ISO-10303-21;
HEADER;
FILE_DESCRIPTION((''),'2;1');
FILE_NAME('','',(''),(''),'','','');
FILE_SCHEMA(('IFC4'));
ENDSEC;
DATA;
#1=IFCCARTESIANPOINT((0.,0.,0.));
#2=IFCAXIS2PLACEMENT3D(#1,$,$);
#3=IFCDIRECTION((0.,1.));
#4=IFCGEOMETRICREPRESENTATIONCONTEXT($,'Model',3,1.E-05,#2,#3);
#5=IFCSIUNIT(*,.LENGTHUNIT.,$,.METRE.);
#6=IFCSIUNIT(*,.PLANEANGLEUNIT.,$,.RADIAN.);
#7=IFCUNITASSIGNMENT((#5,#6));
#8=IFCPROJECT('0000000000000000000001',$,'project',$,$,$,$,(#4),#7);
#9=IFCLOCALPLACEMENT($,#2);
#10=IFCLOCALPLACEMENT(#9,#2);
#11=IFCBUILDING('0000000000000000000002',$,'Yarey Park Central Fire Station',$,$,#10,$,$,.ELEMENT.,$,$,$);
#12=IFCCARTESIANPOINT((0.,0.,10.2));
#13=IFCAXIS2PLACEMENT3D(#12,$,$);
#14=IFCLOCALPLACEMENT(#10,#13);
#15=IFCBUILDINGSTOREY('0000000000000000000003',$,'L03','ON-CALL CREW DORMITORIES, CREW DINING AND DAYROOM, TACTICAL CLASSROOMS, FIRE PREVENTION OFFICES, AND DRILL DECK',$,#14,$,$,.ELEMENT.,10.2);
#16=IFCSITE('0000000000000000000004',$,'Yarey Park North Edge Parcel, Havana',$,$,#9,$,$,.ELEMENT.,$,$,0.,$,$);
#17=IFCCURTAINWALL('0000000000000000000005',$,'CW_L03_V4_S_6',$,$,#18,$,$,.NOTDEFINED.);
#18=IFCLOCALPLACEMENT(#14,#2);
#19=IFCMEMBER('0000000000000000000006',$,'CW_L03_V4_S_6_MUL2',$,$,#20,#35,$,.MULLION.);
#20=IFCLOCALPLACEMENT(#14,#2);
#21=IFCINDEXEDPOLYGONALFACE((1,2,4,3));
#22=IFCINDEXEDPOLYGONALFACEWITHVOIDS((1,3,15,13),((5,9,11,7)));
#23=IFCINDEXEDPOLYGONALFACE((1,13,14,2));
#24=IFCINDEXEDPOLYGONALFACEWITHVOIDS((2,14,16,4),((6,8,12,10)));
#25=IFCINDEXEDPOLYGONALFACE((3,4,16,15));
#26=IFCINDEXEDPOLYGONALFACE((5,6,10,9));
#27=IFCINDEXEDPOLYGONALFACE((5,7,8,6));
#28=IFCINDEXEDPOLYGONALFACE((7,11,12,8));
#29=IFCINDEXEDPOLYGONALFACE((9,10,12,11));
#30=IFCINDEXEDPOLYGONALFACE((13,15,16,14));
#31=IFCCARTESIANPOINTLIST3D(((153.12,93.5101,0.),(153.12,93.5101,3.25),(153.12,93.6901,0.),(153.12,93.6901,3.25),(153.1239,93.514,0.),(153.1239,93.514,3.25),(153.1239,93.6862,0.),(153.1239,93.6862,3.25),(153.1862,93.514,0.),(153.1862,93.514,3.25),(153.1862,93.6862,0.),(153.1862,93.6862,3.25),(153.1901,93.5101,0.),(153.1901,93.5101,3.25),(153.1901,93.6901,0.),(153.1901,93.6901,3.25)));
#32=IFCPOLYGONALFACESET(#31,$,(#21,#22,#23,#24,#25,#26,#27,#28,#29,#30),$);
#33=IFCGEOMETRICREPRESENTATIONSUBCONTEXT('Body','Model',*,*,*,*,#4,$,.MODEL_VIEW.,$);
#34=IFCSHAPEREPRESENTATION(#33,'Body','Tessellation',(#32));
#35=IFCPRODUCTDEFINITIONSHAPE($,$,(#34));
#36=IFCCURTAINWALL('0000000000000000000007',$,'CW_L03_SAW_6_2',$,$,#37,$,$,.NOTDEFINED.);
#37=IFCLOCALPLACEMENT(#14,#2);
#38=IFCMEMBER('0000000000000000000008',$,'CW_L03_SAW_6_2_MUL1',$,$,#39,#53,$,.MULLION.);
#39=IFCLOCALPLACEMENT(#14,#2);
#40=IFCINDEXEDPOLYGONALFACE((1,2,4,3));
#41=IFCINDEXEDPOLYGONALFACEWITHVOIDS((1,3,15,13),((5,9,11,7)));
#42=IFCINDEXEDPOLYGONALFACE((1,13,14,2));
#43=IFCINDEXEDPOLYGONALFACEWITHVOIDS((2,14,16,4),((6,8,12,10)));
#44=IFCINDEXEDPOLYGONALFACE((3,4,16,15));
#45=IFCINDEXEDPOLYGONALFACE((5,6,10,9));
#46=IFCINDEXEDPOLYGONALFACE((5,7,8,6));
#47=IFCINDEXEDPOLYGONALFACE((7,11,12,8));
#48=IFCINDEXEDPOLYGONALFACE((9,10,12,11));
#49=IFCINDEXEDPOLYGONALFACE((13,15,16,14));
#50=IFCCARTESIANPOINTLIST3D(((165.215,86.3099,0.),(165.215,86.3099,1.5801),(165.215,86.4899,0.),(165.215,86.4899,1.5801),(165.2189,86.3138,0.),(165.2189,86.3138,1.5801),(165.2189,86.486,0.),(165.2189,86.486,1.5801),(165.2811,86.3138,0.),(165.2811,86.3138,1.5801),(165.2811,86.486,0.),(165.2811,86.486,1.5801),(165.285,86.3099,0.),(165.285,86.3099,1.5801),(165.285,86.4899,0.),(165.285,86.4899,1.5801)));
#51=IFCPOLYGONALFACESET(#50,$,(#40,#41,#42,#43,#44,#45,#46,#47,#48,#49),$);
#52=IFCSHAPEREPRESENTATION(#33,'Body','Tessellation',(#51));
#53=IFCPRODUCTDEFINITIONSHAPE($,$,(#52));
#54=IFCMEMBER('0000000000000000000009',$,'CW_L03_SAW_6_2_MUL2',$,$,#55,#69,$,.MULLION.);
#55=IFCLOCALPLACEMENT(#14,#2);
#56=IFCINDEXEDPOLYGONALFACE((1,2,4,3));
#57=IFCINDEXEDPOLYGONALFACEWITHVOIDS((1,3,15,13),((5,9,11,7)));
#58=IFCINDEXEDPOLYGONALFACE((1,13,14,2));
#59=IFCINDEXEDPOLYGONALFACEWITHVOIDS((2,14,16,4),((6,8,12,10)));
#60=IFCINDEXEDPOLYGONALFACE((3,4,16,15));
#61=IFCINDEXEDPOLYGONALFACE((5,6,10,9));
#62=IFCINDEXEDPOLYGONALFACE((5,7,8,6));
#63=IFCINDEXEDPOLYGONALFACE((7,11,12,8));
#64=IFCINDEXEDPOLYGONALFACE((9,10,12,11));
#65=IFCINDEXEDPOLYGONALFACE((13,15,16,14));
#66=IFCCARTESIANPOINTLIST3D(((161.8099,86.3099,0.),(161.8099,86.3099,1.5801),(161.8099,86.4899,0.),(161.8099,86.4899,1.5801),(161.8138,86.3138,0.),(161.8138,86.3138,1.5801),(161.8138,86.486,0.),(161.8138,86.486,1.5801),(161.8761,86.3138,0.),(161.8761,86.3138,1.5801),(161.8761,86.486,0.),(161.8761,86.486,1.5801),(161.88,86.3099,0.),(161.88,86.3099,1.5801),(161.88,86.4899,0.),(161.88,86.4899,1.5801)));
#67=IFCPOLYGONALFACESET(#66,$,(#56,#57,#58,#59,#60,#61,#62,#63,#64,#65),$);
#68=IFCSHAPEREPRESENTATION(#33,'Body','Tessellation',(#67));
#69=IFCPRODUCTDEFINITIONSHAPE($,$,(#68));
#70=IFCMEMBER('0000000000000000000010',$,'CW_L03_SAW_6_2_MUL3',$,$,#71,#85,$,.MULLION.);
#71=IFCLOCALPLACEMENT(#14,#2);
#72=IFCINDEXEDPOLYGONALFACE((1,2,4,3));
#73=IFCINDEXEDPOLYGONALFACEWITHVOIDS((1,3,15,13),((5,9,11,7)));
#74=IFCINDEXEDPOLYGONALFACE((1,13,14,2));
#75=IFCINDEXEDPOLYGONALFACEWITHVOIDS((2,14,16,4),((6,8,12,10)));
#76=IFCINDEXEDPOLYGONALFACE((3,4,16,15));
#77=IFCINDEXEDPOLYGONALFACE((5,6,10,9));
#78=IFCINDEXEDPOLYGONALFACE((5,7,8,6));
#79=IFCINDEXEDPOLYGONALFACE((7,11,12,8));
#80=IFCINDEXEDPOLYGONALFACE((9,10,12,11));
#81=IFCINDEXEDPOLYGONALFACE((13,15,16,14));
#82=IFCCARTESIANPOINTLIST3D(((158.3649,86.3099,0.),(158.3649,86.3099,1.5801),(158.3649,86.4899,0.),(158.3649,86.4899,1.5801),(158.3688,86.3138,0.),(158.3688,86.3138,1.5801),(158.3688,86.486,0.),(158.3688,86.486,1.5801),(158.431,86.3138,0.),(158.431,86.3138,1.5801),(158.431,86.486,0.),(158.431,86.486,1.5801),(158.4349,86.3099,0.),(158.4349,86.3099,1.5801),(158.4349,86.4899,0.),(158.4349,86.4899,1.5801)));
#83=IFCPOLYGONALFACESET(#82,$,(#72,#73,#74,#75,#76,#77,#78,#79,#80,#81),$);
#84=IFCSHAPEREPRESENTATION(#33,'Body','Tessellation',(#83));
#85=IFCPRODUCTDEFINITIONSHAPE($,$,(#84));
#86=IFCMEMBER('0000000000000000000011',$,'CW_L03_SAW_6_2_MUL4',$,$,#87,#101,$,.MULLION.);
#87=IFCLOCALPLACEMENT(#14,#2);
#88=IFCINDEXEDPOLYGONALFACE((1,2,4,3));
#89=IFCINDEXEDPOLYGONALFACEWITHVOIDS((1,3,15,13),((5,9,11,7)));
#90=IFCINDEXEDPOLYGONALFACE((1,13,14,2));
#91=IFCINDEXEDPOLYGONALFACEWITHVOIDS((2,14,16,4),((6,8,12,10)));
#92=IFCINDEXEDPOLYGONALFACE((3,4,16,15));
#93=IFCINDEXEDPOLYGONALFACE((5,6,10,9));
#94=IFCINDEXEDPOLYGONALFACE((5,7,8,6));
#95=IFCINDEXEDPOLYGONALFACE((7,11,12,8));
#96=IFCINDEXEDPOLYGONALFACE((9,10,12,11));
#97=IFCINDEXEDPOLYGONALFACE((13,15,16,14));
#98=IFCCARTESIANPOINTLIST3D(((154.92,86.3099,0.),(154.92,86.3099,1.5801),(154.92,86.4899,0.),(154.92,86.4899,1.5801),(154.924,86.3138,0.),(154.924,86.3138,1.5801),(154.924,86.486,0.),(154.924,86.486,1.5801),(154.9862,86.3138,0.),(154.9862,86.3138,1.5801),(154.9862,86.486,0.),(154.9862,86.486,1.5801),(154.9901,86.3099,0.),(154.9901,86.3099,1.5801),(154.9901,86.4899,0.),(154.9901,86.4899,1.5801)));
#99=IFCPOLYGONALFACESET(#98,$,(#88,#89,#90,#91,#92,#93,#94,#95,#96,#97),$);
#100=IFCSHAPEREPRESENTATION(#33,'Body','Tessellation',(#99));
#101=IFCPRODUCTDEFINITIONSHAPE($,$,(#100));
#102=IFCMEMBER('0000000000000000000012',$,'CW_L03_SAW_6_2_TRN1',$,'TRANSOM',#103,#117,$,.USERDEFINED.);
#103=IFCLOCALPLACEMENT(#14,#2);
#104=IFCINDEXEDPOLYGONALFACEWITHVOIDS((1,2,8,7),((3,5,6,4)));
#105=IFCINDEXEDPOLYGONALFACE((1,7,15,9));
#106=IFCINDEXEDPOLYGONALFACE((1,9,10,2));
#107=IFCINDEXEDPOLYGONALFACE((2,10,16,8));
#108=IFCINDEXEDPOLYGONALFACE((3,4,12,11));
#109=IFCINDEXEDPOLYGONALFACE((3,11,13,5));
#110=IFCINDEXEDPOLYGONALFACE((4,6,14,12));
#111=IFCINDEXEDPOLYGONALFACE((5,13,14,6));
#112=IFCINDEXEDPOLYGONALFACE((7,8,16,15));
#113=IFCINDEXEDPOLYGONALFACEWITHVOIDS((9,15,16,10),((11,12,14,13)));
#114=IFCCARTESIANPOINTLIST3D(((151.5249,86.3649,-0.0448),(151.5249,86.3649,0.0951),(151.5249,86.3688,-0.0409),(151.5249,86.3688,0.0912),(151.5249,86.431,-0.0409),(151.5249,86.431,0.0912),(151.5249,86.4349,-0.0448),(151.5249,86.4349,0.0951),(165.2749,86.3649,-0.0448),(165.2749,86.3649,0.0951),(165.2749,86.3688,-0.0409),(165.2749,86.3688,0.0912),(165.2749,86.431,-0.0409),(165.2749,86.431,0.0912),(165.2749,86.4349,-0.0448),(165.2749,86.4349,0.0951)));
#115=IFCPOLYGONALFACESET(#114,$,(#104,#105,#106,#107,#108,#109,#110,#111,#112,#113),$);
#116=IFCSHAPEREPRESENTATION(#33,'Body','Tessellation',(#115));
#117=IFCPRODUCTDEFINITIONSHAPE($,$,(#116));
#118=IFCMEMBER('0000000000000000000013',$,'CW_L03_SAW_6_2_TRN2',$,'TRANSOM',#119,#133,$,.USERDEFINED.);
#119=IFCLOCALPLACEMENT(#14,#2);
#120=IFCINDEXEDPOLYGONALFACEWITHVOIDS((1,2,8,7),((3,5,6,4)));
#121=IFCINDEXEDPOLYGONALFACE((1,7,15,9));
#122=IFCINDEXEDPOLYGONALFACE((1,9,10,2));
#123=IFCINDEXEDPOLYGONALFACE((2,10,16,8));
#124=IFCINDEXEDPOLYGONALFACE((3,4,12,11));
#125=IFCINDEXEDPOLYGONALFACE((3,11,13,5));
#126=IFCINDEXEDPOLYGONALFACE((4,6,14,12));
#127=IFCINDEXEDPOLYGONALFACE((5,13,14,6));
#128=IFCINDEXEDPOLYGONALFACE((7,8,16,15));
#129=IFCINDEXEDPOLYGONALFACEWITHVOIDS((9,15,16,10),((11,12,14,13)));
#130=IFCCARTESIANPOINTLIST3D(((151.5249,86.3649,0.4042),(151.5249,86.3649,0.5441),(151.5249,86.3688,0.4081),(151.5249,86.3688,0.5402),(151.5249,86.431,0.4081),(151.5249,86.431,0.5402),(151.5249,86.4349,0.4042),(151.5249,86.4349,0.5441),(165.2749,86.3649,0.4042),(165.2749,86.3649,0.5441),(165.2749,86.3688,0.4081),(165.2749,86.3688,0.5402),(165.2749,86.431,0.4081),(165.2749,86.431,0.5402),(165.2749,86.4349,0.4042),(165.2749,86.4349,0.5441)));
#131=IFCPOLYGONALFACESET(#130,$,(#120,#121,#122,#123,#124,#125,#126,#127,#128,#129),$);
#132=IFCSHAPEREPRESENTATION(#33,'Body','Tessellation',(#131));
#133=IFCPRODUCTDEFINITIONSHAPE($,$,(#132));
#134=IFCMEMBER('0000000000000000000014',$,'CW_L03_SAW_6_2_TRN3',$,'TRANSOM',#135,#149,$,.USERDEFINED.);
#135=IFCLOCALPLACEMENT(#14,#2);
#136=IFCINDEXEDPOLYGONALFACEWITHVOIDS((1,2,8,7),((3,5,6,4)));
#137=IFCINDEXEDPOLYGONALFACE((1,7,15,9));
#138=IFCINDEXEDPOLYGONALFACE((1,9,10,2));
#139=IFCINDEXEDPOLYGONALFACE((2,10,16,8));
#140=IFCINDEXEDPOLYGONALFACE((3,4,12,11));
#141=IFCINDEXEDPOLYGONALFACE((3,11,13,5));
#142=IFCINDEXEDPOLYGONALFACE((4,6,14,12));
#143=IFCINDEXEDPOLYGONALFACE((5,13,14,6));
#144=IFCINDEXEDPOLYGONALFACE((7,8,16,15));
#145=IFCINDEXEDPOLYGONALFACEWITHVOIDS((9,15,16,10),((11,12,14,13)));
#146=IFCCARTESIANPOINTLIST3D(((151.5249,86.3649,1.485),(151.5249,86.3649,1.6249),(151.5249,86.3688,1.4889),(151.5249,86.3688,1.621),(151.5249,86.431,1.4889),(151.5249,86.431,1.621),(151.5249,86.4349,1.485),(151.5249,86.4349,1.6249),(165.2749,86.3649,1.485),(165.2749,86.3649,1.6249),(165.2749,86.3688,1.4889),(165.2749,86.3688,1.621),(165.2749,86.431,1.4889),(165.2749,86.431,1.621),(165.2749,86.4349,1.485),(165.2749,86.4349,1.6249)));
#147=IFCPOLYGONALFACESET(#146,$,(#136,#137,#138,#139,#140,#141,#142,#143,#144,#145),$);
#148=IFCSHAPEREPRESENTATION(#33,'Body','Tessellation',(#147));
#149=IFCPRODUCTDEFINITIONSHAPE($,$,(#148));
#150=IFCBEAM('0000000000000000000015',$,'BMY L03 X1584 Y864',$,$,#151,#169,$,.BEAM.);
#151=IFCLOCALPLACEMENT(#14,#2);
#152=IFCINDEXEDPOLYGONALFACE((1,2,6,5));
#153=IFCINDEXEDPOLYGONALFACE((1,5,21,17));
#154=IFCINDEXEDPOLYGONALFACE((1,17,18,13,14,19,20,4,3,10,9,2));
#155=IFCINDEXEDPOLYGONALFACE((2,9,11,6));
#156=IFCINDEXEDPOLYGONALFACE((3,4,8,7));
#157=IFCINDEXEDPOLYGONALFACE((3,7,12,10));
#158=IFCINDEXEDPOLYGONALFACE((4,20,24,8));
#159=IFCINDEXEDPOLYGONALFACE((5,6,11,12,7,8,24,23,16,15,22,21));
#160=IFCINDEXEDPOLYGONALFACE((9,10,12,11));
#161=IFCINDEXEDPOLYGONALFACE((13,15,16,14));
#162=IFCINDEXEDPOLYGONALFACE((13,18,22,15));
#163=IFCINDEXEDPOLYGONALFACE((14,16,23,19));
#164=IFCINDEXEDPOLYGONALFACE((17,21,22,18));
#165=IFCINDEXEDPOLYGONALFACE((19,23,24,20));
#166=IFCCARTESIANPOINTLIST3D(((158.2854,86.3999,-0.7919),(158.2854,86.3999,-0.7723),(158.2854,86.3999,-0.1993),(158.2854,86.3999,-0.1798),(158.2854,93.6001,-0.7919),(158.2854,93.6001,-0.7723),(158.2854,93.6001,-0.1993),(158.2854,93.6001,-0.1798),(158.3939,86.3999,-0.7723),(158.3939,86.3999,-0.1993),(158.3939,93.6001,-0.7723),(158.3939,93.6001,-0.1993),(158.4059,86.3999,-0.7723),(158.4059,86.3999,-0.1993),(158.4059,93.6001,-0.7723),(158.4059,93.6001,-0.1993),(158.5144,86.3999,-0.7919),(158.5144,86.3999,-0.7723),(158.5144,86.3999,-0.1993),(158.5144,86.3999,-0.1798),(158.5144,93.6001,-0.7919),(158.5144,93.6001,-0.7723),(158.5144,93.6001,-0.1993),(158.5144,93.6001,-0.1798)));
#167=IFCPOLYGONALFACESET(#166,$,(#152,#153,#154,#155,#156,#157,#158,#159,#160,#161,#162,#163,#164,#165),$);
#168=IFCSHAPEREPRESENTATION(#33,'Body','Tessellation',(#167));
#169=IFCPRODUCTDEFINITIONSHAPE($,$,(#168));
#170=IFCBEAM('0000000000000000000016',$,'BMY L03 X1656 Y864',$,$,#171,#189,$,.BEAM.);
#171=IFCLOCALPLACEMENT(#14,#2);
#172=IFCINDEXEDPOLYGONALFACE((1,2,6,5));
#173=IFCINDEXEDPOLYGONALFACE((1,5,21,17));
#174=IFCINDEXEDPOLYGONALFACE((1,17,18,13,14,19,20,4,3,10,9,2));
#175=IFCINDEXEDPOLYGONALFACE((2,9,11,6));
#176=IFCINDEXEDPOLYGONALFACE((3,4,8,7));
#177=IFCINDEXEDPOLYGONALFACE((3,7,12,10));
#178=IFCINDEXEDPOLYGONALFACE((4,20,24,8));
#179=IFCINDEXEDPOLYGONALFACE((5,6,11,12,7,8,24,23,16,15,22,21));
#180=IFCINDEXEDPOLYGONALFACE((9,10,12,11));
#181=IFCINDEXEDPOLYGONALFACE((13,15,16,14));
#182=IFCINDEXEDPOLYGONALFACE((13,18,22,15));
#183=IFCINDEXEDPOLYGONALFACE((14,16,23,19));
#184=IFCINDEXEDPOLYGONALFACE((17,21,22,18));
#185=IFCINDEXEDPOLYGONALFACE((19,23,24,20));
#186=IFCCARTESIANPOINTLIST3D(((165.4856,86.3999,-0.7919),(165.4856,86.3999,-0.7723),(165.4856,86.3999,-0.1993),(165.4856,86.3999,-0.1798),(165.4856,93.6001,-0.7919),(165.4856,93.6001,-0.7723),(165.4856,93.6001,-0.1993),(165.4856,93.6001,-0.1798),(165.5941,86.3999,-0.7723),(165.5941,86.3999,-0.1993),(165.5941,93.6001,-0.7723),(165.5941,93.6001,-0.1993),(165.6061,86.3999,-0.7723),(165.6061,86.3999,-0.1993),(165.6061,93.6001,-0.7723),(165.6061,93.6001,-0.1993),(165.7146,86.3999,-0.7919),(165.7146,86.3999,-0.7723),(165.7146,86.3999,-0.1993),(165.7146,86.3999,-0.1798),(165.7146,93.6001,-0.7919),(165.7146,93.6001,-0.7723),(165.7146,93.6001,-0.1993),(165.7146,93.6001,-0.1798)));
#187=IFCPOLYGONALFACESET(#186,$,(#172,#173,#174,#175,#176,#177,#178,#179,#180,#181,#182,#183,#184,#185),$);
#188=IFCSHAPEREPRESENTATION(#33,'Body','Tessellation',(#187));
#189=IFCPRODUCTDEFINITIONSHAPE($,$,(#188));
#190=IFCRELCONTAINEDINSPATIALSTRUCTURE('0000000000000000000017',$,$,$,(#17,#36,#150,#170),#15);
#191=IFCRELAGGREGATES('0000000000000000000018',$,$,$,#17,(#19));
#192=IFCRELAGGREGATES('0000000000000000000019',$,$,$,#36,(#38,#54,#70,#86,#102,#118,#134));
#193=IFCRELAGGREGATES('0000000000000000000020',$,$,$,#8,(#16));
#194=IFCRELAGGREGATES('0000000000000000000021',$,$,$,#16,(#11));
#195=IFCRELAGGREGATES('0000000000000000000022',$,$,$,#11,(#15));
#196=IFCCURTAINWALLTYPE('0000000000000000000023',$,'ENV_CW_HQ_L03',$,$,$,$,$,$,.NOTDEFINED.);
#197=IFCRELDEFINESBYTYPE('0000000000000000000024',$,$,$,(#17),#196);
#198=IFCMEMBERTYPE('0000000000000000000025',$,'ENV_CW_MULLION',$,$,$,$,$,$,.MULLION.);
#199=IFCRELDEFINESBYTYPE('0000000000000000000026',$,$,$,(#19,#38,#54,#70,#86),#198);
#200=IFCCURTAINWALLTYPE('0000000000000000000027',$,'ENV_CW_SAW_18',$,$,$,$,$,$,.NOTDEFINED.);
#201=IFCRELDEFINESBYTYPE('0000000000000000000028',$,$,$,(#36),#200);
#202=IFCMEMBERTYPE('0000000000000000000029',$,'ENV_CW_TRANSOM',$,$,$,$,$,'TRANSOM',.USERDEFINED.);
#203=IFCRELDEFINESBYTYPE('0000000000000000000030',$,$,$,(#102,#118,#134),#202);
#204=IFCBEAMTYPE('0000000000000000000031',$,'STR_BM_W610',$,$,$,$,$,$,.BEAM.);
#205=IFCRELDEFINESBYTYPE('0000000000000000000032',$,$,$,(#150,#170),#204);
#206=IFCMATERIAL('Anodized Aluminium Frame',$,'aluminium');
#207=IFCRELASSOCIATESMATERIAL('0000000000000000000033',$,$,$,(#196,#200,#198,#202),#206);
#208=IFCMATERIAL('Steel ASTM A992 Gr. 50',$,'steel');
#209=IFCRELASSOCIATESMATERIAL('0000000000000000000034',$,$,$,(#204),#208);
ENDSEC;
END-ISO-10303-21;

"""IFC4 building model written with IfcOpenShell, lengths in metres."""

from ifc_helpers import new_model, si_unit, direction, frame, origin, origin_2d, place, context, subcontext, project, spatial, hollow_rectangle, i_section, extrude, material, material_profile, profile_set, type_object, element, aggregate, save


model = new_model("IFC4")

# Units and contexts
model_context = context("Model", 3, precision=1e-05, world=origin(), true_north=direction((0.0, 1.0)))
body_context = subcontext(model_context, "Body", "Model", "MODEL_VIEW")
ifc_project = project(units=[si_unit("LENGTHUNIT", "METRE"), si_unit("PLANEANGLEUNIT", "RADIAN")], contexts=[model_context])

# Site, building, storey
site_placement = place(None, origin())
site = spatial("IfcSite", under=ifc_project, at=site_placement, Name="Yarey Park North Edge Parcel, Havana", CompositionType="ELEMENT", RefElevation=0.0)
building_placement = place(site_placement, origin())
building = spatial("IfcBuilding", under=site, at=building_placement, Name="Yarey Park Central Fire Station", CompositionType="ELEMENT")
storey_placement = place(building_placement, frame((0.0, 0.0, 10.2)))
storey = spatial("IfcBuildingStorey", under=building, at=storey_placement, Name="L03", Description="ON-CALL CREW DORMITORIES, CREW DINING AND DAYROOM, TACTICAL CLASSROOMS, FIRE PREVENTION OFFICES, AND DRILL DECK", CompositionType="ELEMENT", Elevation=10.2)

# Curtain wall, member
ifc_material_1 = material(Name="Anodized Aluminium Frame", Category="aluminium")
curtain_wall_type_1 = type_object("IfcCurtainWallType", Name="ENV_CW_HQ_L03", PredefinedType="NOTDEFINED", material=ifc_material_1)
curtain_wall_1_placement = place(storey_placement, origin())
curtain_wall_1 = element("IfcCurtainWall", 1, at=curtain_wall_1_placement, inside=storey, type_object=curtain_wall_type_1, Name="CW_L03_V4_S_6", PredefinedType="NOTDEFINED")
ifc_material_profile_1 = material_profile(ifc_material_1, hollow_rectangle(XDim=0.0701, YDim=0.1799, WallThickness=0.0039, at=origin_2d()), Name="ALU 180x70x4")
ifc_profile_set_1 = profile_set([ifc_material_profile_1], Name="Anodized Aluminium Frame")
member_type_1 = type_object("IfcMemberType", Name="ENV_CW_MULLION", PredefinedType="MULLION", material=ifc_profile_set_1)
member_1_placement = place(storey_placement, frame((153.155, 93.6001, 0.0), z_axis=(0.0, 0.0, 1.0), x_axis=(1.0, 0.0, 0.0)))
member_1 = element("IfcMember", 2, at=member_1_placement, type_object=member_type_1, Name="CW_L03_V4_S_6_MUL2", PredefinedType="MULLION", context=body_context, shape_type="SweptSolid", body=[
    extrude(hollow_rectangle(XDim=0.0701, YDim=0.1799, WallThickness=0.0039, at=origin_2d()), origin(), (0.0, 0.0, 1.0), 3.25),
])

# Curtain wall, members
curtain_wall_type_2 = type_object("IfcCurtainWallType", Name="ENV_CW_SAW_18", PredefinedType="NOTDEFINED", material=ifc_material_1)
curtain_wall_2_placement = place(storey_placement, origin())
curtain_wall_2 = element("IfcCurtainWall", 3, at=curtain_wall_2_placement, inside=storey, type_object=curtain_wall_type_2, Name="CW_L03_SAW_6_2", PredefinedType="NOTDEFINED")
member_2_placement = place(storey_placement, frame((165.25, 86.3999, 0.0), z_axis=(0.0, 0.0, 1.0), x_axis=(1.0, 0.0, 0.0)))
member_2 = element("IfcMember", 4, at=member_2_placement, type_object=member_type_1, Name="CW_L03_SAW_6_2_MUL1", PredefinedType="MULLION", context=body_context, shape_type="SweptSolid", body=[
    extrude(hollow_rectangle(XDim=0.0701, YDim=0.1799, WallThickness=0.0039, at=origin_2d()), origin(), (0.0, 0.0, 1.0), 1.5801),
])
member_3_placement = place(storey_placement, frame((161.845, 86.3999, 0.0), z_axis=(0.0, 0.0, 1.0), x_axis=(1.0, 0.0, 0.0)))
member_3 = element("IfcMember", 5, at=member_3_placement, type_object=member_type_1, Name="CW_L03_SAW_6_2_MUL2", PredefinedType="MULLION", context=body_context, shape_type="SweptSolid", body=[
    extrude(hollow_rectangle(XDim=0.0701, YDim=0.1799, WallThickness=0.0039, at=origin_2d()), origin(), (0.0, 0.0, 1.0), 1.5801),
])
member_4_placement = place(storey_placement, frame((158.3999, 86.3999, 0.0), z_axis=(0.0, 0.0, 1.0), x_axis=(1.0, 0.0, 0.0)))
member_4 = element("IfcMember", 6, at=member_4_placement, type_object=member_type_1, Name="CW_L03_SAW_6_2_MUL3", PredefinedType="MULLION", context=body_context, shape_type="SweptSolid", body=[
    extrude(hollow_rectangle(XDim=0.0701, YDim=0.1799, WallThickness=0.0039, at=origin_2d()), origin(), (0.0, 0.0, 1.0), 1.5801),
])
member_5_placement = place(storey_placement, frame((154.9551, 86.3999, 0.0), z_axis=(0.0, 0.0, 1.0), x_axis=(1.0, 0.0, 0.0)))
member_5 = element("IfcMember", 7, at=member_5_placement, type_object=member_type_1, Name="CW_L03_SAW_6_2_MUL4", PredefinedType="MULLION", context=body_context, shape_type="SweptSolid", body=[
    extrude(hollow_rectangle(XDim=0.0701, YDim=0.1799, WallThickness=0.0039, at=origin_2d()), origin(), (0.0, 0.0, 1.0), 1.5801),
])
ifc_material_profile_2 = material_profile(ifc_material_1, hollow_rectangle(XDim=0.0701, YDim=0.1399, WallThickness=0.0039, at=origin_2d()), Name="ALU 140x70x4")
ifc_profile_set_2 = profile_set([ifc_material_profile_2], Name="Anodized Aluminium Frame")
member_type_2 = type_object("IfcMemberType", Name="ENV_CW_TRANSOM", ElementType="TRANSOM", PredefinedType="USERDEFINED", material=ifc_profile_set_2)
member_6_placement = place(storey_placement, frame((165.2749, 86.3999, 0.0251), z_axis=(-1.0, 0.0, 0.0), x_axis=(0.0, -1.0, 0.0)))
member_6 = element("IfcMember", 8, at=member_6_placement, type_object=member_type_2, Name="CW_L03_SAW_6_2_TRN1", ObjectType="TRANSOM", PredefinedType="USERDEFINED", context=body_context, shape_type="SweptSolid", body=[
    extrude(hollow_rectangle(XDim=0.0701, YDim=0.1399, WallThickness=0.0039, at=origin_2d()), origin(), (0.0, 0.0, 1.0), 13.75),
])
member_7_placement = place(storey_placement, frame((165.2749, 86.3999, 0.4741), z_axis=(-1.0, 0.0, 0.0), x_axis=(0.0, -1.0, 0.0)))
member_7 = element("IfcMember", 9, at=member_7_placement, type_object=member_type_2, Name="CW_L03_SAW_6_2_TRN2", ObjectType="TRANSOM", PredefinedType="USERDEFINED", context=body_context, shape_type="SweptSolid", body=[
    extrude(hollow_rectangle(XDim=0.0701, YDim=0.1399, WallThickness=0.0039, at=origin_2d()), origin(), (0.0, 0.0, 1.0), 13.75),
])
member_8_placement = place(storey_placement, frame((165.2749, 86.3999, 1.5549), z_axis=(-1.0, 0.0, 0.0), x_axis=(0.0, -1.0, 0.0)))
member_8 = element("IfcMember", 10, at=member_8_placement, type_object=member_type_2, Name="CW_L03_SAW_6_2_TRN3", ObjectType="TRANSOM", PredefinedType="USERDEFINED", context=body_context, shape_type="SweptSolid", body=[
    extrude(hollow_rectangle(XDim=0.0701, YDim=0.1399, WallThickness=0.0039, at=origin_2d()), origin(), (0.0, 0.0, 1.0), 13.75),
])

# Beams
ifc_material_2 = material(Name="Steel ASTM A992 Gr. 50", Category="steel")
ifc_material_profile_3 = material_profile(ifc_material_2, i_section(OverallWidth=0.229, OverallDepth=0.6121, WebThickness=0.012, FlangeThickness=0.0195, at=origin_2d()), Name="W610x125")
ifc_profile_set_3 = profile_set([ifc_material_profile_3], Name="Steel ASTM A992 Gr. 50")
beam_type_1 = type_object("IfcBeamType", Name="STR_BM_W610", PredefinedType="BEAM", material=ifc_profile_set_3)
for number, where, z_axis, x_axis, name in (
    (11, (158.3999, 86.3999, -0.4858), (0.0, 1.0, 0.0), (-1.0, 0.0, 0.0), "BMY L03 X1584 Y864"),
    (12, (165.6001, 86.3999, -0.4858), (0.0, 1.0, 0.0), (-1.0, 0.0, 0.0), "BMY L03 X1656 Y864"),
):
    element("IfcBeam", number, at=place(storey_placement, frame(where, z_axis=z_axis, x_axis=x_axis)), inside=storey, type_object=beam_type_1, Name=name, PredefinedType="BEAM", context=body_context, shape_type="SweptSolid", body=[
        extrude(i_section(OverallWidth=0.229, OverallDepth=0.6121, WebThickness=0.012, FlangeThickness=0.0195, at=origin_2d()), origin(), (0.0, 0.0, 1.0), 7.2002),
    ])

aggregate(curtain_wall_1, [member_1])
aggregate(curtain_wall_2, [member_2, member_3, member_4, member_5, member_6, member_7, member_8])

save(model, "model.ifc")
